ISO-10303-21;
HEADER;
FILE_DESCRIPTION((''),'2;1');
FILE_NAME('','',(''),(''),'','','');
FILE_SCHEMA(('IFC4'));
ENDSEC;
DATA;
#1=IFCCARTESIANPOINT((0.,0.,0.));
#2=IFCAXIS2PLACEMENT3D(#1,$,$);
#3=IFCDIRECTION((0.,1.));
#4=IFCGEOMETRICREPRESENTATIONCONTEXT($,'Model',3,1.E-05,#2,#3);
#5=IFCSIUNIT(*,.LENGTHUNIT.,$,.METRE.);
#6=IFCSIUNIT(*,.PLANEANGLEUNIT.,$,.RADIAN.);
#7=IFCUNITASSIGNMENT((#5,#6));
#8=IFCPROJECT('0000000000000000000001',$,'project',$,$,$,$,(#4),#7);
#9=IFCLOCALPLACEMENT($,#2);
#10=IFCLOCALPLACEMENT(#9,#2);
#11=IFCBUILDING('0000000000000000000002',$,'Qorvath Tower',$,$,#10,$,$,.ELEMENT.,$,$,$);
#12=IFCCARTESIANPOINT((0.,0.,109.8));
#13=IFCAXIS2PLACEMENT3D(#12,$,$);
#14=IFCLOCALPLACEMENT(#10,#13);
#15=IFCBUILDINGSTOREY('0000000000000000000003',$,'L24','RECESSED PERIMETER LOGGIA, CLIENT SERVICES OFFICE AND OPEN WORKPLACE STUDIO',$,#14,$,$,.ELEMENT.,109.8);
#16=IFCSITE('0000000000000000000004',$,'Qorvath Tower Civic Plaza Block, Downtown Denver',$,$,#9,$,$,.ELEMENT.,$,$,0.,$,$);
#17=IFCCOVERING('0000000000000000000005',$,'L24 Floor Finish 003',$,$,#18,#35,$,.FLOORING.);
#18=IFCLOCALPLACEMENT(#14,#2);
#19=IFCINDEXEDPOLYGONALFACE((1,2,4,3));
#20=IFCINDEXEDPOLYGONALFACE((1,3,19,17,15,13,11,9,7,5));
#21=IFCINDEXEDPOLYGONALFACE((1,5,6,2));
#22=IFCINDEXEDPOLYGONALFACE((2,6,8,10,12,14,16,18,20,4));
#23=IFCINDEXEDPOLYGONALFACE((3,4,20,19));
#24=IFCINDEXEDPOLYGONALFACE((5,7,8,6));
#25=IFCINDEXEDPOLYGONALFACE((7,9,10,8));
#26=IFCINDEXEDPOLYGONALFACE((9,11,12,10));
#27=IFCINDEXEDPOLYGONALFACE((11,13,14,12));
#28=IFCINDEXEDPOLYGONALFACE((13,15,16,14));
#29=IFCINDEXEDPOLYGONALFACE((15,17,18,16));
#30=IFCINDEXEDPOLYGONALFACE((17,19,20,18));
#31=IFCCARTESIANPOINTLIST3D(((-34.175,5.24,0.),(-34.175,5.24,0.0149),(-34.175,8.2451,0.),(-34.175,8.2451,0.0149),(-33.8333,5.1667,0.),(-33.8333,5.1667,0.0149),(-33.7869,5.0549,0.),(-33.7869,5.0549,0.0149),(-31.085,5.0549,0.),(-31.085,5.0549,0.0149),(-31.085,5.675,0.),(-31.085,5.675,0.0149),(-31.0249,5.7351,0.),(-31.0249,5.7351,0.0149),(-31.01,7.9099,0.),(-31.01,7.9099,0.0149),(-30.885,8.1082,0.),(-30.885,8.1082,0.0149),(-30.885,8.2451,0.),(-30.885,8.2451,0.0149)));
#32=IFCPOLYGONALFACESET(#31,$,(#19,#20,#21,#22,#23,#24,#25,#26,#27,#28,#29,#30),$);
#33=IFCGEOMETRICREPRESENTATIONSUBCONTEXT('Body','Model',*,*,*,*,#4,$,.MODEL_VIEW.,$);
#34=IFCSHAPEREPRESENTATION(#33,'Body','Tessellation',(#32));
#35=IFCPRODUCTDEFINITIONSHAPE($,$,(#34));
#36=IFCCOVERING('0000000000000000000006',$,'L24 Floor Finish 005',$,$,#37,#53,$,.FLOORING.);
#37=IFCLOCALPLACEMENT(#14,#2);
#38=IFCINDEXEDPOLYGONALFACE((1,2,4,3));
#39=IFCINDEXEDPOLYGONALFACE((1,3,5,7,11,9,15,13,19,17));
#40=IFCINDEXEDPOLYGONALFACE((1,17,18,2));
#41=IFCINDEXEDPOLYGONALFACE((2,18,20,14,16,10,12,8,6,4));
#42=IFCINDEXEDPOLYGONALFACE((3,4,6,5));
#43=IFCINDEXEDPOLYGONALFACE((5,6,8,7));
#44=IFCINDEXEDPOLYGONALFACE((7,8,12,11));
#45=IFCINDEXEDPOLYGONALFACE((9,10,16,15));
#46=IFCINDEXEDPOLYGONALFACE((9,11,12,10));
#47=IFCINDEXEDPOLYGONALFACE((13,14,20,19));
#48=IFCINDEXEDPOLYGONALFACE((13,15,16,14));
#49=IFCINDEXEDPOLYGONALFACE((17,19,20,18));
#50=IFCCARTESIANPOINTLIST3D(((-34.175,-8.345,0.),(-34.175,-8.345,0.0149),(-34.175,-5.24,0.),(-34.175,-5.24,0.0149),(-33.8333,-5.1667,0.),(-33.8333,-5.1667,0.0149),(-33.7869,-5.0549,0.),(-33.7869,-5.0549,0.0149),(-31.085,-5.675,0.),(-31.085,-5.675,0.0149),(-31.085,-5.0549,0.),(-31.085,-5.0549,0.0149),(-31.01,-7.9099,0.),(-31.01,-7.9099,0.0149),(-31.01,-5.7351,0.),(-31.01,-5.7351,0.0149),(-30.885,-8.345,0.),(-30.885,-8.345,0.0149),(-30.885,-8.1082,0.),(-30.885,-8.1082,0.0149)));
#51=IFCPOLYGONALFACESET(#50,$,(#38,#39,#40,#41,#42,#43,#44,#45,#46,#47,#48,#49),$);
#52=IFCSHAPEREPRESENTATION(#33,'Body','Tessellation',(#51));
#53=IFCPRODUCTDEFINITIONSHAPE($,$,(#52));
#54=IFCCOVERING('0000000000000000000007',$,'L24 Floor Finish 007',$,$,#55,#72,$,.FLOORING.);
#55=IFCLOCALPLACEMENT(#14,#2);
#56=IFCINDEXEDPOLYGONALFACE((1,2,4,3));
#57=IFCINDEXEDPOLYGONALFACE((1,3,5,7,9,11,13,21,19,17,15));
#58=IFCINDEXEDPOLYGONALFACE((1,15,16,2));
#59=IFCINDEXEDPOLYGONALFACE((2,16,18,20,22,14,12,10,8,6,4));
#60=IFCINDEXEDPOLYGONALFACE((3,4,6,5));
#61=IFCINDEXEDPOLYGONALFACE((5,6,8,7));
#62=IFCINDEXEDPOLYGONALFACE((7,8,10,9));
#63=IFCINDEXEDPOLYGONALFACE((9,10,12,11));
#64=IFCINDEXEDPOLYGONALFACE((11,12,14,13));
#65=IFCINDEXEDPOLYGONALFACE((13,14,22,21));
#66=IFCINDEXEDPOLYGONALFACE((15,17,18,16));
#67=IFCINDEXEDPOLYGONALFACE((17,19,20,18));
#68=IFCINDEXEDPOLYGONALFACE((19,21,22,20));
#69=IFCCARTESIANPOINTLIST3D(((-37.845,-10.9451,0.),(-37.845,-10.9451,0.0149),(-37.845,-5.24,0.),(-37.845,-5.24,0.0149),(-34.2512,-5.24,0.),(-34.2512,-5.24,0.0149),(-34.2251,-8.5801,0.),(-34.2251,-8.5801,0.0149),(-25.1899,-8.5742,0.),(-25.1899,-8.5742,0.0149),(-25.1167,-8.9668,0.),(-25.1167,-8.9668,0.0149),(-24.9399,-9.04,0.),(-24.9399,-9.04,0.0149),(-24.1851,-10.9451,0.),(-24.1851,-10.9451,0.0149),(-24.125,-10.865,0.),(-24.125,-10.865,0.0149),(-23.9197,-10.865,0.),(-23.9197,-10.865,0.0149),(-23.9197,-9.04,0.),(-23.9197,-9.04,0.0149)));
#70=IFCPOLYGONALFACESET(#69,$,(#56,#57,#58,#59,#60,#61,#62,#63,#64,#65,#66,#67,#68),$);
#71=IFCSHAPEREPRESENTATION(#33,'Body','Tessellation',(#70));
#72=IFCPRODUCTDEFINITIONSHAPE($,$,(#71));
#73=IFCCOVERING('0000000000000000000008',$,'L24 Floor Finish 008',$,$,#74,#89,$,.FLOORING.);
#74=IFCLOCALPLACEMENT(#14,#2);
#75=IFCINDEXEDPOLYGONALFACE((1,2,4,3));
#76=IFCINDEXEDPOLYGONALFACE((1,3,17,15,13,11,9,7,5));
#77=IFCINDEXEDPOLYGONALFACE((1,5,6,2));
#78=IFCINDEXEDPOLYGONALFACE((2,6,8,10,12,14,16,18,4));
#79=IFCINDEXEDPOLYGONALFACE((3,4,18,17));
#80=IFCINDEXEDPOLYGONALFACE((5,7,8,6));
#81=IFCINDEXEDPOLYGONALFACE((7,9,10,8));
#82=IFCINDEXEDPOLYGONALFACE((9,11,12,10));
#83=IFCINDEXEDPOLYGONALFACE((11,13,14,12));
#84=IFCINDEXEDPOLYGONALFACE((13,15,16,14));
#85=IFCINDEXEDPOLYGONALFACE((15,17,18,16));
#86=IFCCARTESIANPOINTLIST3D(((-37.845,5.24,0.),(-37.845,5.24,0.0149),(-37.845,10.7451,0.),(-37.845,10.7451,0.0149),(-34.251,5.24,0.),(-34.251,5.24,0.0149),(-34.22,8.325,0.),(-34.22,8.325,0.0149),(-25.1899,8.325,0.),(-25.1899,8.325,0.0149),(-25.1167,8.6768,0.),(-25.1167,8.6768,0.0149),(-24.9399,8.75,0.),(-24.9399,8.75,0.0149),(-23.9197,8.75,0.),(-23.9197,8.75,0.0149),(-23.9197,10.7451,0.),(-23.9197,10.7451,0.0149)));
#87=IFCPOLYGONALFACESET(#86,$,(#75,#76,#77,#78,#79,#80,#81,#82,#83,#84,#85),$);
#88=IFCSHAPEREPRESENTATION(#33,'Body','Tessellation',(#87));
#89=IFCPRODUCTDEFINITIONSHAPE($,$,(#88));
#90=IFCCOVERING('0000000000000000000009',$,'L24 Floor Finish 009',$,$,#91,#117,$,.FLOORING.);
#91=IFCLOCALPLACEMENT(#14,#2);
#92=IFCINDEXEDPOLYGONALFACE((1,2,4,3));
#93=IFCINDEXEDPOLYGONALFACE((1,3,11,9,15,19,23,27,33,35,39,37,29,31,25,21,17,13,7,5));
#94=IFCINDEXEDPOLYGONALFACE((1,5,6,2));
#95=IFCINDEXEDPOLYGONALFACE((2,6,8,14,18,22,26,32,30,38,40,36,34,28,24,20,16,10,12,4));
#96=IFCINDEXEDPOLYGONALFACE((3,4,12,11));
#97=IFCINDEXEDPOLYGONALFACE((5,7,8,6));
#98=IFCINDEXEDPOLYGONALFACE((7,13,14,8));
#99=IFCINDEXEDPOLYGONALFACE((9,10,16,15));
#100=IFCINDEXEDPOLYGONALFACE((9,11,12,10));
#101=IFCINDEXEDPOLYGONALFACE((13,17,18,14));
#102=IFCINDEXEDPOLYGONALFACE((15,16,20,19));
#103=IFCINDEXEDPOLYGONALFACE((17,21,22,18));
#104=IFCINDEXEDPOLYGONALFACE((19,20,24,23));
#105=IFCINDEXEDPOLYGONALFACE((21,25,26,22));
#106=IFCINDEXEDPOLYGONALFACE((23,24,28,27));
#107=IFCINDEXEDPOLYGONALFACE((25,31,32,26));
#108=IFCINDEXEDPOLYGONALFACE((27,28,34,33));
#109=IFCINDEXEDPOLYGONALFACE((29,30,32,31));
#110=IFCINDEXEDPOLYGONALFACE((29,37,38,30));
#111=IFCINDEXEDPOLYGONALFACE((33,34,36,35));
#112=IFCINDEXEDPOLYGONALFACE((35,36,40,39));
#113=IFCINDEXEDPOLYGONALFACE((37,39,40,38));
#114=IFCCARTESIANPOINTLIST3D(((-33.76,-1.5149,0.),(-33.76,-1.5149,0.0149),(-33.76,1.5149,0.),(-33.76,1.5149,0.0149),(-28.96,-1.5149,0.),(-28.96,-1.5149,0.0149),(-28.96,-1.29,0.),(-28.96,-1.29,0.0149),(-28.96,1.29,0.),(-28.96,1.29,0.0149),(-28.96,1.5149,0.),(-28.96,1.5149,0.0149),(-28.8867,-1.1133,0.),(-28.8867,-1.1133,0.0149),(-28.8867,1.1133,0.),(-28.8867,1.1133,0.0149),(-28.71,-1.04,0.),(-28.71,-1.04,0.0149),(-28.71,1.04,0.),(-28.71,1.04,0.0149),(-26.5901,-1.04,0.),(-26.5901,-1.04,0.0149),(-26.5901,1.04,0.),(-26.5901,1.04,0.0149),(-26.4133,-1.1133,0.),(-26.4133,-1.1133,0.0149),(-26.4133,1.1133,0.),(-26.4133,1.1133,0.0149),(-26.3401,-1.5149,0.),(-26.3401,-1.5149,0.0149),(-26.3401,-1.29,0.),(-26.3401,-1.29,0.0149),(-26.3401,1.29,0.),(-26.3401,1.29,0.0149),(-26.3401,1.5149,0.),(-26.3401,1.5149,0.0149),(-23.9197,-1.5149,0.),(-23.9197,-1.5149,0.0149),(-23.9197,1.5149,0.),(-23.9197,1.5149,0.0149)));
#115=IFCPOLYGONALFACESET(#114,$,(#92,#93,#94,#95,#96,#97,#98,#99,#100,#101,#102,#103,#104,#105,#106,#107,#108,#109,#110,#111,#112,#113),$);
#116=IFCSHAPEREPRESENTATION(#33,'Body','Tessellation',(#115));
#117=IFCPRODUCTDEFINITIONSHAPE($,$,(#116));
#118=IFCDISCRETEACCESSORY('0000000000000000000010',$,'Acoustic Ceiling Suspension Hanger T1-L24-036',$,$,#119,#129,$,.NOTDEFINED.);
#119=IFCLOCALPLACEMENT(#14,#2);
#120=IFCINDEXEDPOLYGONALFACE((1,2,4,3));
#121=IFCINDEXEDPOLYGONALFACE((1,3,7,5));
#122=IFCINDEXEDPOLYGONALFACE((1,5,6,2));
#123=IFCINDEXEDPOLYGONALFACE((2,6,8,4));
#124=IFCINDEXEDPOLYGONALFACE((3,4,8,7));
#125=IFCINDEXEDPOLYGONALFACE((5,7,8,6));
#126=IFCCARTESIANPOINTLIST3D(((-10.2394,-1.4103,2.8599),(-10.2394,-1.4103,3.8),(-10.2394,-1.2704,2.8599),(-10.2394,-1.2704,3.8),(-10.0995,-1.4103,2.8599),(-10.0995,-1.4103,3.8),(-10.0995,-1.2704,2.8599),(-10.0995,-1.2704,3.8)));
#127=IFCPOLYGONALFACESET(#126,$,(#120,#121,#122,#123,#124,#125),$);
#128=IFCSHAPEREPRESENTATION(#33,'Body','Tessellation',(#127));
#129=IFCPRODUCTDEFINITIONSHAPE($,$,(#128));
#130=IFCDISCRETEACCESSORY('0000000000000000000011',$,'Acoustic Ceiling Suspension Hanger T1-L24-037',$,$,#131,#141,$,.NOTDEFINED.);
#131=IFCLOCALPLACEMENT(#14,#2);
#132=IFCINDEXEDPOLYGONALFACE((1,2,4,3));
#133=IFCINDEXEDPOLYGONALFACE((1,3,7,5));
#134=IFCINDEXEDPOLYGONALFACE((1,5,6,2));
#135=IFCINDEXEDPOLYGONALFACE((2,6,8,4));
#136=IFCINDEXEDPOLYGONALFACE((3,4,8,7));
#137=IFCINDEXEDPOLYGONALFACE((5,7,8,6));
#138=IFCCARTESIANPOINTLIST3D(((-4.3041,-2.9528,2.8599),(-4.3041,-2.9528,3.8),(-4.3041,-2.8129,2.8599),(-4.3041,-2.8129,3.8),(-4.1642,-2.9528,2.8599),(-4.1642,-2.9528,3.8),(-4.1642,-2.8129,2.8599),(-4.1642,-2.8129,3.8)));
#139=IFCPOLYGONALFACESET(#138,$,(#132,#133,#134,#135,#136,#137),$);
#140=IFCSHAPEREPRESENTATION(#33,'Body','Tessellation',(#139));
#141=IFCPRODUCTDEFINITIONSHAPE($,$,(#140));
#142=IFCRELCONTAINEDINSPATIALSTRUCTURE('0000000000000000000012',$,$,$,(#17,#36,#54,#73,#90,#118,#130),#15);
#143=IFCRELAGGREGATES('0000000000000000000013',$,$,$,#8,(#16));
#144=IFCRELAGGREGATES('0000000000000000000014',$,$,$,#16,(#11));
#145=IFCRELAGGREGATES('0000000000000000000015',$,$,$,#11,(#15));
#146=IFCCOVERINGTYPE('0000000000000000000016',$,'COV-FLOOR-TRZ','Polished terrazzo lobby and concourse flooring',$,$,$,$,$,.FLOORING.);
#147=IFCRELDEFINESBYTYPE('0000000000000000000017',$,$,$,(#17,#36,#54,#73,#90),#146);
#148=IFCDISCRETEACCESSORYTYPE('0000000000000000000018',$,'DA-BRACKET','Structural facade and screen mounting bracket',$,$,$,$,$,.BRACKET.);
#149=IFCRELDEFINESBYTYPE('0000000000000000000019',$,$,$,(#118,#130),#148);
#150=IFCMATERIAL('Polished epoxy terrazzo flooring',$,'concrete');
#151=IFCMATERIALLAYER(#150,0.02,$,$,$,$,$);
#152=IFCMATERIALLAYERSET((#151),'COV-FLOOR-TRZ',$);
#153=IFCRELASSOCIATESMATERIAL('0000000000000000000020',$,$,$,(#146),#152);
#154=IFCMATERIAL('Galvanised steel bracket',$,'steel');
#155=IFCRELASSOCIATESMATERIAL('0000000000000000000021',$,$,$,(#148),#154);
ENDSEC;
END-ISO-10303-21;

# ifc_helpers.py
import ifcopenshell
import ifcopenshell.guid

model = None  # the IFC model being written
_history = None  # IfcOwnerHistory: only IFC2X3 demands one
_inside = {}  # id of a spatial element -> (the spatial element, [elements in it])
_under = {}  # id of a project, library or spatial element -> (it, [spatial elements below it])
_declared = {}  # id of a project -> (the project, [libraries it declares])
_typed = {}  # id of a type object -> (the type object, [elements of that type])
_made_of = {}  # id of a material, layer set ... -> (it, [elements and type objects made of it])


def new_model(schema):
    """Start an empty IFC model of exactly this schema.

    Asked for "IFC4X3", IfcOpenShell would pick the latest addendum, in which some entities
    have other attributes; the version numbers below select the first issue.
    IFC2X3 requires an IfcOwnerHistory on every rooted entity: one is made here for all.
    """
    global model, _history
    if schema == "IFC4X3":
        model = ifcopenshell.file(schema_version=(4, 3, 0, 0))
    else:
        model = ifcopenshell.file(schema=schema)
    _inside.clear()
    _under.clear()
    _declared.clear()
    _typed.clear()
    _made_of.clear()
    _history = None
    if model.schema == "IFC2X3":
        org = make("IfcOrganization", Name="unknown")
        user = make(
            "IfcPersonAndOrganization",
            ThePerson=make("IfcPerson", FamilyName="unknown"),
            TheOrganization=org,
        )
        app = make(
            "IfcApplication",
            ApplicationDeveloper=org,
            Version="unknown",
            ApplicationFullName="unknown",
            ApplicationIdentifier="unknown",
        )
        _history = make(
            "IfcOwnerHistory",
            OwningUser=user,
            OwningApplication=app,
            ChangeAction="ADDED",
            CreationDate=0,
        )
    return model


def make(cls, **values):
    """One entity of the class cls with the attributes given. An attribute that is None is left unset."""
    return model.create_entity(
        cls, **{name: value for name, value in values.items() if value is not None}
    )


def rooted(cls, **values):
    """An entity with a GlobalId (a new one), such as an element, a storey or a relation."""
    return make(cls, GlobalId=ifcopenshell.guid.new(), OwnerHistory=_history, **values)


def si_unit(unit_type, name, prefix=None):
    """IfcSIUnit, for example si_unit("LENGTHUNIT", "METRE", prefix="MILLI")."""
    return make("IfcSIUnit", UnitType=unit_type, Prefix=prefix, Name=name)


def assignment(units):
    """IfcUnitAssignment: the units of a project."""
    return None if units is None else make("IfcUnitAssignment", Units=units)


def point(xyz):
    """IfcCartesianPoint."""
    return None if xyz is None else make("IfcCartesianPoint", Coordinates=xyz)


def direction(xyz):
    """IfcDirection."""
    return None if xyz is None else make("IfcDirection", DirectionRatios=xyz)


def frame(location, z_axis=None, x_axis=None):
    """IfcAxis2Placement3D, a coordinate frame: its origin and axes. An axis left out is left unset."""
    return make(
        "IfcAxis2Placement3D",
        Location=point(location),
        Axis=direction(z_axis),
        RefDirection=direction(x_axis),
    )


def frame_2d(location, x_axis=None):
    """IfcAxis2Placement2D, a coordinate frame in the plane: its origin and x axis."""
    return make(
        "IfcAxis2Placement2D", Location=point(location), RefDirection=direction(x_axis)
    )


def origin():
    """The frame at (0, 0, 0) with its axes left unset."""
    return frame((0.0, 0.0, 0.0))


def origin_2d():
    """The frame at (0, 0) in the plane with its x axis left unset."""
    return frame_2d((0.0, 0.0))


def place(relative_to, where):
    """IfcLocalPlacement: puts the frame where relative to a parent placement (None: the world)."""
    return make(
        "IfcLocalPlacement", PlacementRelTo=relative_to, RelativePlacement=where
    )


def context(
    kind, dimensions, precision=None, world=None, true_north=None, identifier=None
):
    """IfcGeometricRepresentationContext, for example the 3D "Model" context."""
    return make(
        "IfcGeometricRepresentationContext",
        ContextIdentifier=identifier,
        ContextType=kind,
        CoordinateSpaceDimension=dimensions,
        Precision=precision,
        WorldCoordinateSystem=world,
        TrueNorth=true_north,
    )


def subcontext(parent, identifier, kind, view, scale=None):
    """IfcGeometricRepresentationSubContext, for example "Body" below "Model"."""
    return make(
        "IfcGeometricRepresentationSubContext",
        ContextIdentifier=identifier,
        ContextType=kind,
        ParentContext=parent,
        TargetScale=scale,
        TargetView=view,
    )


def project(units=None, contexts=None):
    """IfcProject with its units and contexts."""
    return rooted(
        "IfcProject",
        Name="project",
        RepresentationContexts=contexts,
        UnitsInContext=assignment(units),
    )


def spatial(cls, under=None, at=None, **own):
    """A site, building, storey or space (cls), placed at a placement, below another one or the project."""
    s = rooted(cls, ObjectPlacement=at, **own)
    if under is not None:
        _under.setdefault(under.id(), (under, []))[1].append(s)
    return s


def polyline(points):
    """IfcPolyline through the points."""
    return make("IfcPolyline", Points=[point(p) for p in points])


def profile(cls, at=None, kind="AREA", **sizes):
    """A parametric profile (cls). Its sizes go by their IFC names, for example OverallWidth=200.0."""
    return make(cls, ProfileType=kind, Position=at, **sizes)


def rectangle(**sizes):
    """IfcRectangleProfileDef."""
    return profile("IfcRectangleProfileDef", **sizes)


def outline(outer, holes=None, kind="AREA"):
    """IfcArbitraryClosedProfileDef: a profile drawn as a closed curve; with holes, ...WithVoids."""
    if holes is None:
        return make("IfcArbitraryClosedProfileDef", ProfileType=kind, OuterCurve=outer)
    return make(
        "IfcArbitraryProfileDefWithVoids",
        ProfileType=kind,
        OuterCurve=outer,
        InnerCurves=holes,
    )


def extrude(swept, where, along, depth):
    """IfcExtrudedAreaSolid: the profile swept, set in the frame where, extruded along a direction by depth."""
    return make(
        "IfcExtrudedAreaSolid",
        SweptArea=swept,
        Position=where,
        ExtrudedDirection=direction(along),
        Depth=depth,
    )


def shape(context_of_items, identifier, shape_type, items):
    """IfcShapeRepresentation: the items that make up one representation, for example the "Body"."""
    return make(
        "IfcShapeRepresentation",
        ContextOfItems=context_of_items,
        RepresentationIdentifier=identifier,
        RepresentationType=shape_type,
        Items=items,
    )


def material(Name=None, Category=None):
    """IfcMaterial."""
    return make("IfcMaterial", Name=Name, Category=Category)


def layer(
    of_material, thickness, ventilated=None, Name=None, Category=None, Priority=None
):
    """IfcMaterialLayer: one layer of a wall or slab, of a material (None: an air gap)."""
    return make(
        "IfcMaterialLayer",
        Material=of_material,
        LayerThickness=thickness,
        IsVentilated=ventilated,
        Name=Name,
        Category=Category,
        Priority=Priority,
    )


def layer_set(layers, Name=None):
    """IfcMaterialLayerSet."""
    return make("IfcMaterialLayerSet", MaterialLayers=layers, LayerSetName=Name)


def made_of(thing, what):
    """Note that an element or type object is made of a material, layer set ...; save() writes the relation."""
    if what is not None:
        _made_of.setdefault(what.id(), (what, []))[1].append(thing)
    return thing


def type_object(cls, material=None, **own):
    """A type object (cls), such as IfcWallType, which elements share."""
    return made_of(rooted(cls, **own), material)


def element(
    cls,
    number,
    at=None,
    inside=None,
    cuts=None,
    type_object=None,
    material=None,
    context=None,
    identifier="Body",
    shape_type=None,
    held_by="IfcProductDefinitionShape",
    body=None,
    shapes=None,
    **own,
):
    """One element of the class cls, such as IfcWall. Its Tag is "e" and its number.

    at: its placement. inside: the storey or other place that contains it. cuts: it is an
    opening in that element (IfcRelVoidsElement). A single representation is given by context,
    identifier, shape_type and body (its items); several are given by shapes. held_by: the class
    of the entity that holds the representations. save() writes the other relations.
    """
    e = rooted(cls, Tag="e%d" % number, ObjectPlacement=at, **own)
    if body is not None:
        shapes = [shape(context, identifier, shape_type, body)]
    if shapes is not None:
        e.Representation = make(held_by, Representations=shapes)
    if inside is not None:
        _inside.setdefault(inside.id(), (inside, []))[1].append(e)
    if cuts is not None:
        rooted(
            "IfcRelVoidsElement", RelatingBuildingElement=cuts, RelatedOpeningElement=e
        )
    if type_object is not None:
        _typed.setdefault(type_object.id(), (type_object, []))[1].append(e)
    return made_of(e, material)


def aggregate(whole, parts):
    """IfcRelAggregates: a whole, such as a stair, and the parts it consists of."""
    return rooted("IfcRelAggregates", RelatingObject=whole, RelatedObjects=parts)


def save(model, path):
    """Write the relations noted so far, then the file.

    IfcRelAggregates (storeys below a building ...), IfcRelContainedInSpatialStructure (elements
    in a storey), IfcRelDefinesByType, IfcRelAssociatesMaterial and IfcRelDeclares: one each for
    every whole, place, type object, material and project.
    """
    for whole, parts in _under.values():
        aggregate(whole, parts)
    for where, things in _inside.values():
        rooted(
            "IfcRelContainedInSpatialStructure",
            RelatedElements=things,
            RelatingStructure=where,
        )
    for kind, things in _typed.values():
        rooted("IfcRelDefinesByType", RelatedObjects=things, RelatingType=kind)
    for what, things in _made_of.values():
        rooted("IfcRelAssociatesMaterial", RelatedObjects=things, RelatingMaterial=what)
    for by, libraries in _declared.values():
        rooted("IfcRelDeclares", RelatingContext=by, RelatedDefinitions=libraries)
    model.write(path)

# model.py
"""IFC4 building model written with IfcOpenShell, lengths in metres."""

from ifc_helpers import new_model, si_unit, direction, frame, origin, origin_2d, place, context, subcontext, project, spatial, polyline, rectangle, outline, extrude, material, layer, layer_set, type_object, element, save


model = new_model("IFC4")

# Units and contexts
model_context = context("Model", 3, precision=1e-05, world=origin(), true_north=direction((0.0, 1.0)))
body_context = subcontext(model_context, "Body", "Model", "MODEL_VIEW")
ifc_project = project(units=[si_unit("LENGTHUNIT", "METRE"), si_unit("PLANEANGLEUNIT", "RADIAN")], contexts=[model_context])

# Site, building, storey
site_placement = place(None, origin())
site = spatial("IfcSite", under=ifc_project, at=site_placement, Name="Qorvath Tower Civic Plaza Block, Downtown Denver", CompositionType="ELEMENT", RefElevation=0.0)
building_placement = place(site_placement, origin())
building = spatial("IfcBuilding", under=site, at=building_placement, Name="Qorvath Tower", CompositionType="ELEMENT")
storey_placement = place(building_placement, frame((0.0, 0.0, 109.8)))
storey = spatial("IfcBuildingStorey", under=building, at=storey_placement, Name="L24", Description="RECESSED PERIMETER LOGGIA, CLIENT SERVICES OFFICE AND OPEN WORKPLACE STUDIO", CompositionType="ELEMENT", Elevation=109.8)

# Coverings
ifc_material_1 = material(Name="Polished epoxy terrazzo flooring", Category="concrete")
ifc_layer_1 = layer(ifc_material_1, 0.02)
ifc_layer_set_1 = layer_set([ifc_layer_1], Name="COV-FLOOR-TRZ")
covering_type_1 = type_object("IfcCoveringType", Name="COV-FLOOR-TRZ", Description="Polished terrazzo lobby and concourse flooring", PredefinedType="FLOORING", material=ifc_layer_set_1)
covering_1_placement = place(storey_placement, origin())
element("IfcCovering", 1, at=covering_1_placement, inside=storey, type_object=covering_type_1, Name="L24 Floor Finish 003", PredefinedType="FLOORING", context=body_context, shape_type="SweptSolid", body=[
    extrude(outline(polyline([(-31.01, 7.9099), (-30.885, 8.1082), (-30.885, 8.2451), (-34.175, 8.2451), (-34.175, 5.24), (-33.8333, 5.1667), (-33.7869, 5.0549), (-31.085, 5.0549), (-31.085, 5.675), (-31.0249, 5.7351), (-31.01, 7.9099)])), origin(), (0.0, 0.0, 1.0), 0.0149),
])
covering_2_placement = place(storey_placement, origin())
element("IfcCovering", 2, at=covering_2_placement, inside=storey, type_object=covering_type_1, Name="L24 Floor Finish 005", PredefinedType="FLOORING", context=body_context, shape_type="SweptSolid", body=[
    extrude(outline(polyline([(-31.085, -5.0549), (-33.7869, -5.0549), (-33.8333, -5.1667), (-34.175, -5.24), (-34.175, -8.345), (-30.885, -8.345), (-30.885, -8.1082), (-31.01, -7.9099), (-31.01, -5.7351), (-31.085, -5.675), (-31.085, -5.0549)])), origin(), (0.0, 0.0, 1.0), 0.0149),
])
covering_3_placement = place(storey_placement, origin())
element("IfcCovering", 3, at=covering_3_placement, inside=storey, type_object=covering_type_1, Name="L24 Floor Finish 007", PredefinedType="FLOORING", context=body_context, shape_type="SweptSolid", body=[
    extrude(outline(polyline([(-34.2251, -8.5801), (-34.2512, -5.24), (-37.845, -5.24), (-37.845, -10.9451), (-24.1851, -10.9451), (-24.125, -10.865), (-23.9197, -10.865), (-23.9197, -9.04), (-24.9399, -9.04), (-25.1167, -8.9668), (-25.1899, -8.5742), (-34.2251, -8.5801)])), origin(), (0.0, 0.0, 1.0), 0.0149),
])
covering_4_placement = place(storey_placement, origin())
element("IfcCovering", 4, at=covering_4_placement, inside=storey, type_object=covering_type_1, Name="L24 Floor Finish 008", PredefinedType="FLOORING", context=body_context, shape_type="SweptSolid", body=[
    extrude(outline(polyline([(-23.9197, 8.75), (-23.9197, 10.7451), (-37.845, 10.7451), (-37.845, 5.24), (-34.251, 5.24), (-34.22, 8.325), (-25.1899, 8.325), (-25.1167, 8.6768), (-24.9399, 8.75), (-23.9197, 8.75)])), origin(), (0.0, 0.0, 1.0), 0.0149),
])
covering_5_placement = place(storey_placement, origin())
element("IfcCovering", 5, at=covering_5_placement, inside=storey, type_object=covering_type_1, Name="L24 Floor Finish 009", PredefinedType="FLOORING", context=body_context, shape_type="SweptSolid", body=[
    extrude(outline(polyline([(-23.9197, -1.5149), (-23.9197, 1.5149), (-26.3401, 1.5149), (-26.3401, 1.29), (-26.4133, 1.1133), (-26.5901, 1.04), (-28.71, 1.04), (-28.8867, 1.1133), (-28.96, 1.29), (-28.96, 1.5149), (-33.76, 1.5149), (-33.76, -1.5149), (-28.96, -1.5149), (-28.96, -1.29), (-28.8867, -1.1133), (-28.71, -1.04), (-26.5901, -1.04), (-26.4133, -1.1133), (-26.3401, -1.29), (-26.3401, -1.5149), (-23.9197, -1.5149)])), origin(), (0.0, 0.0, 1.0), 0.0149),
])

# Discrete accessories
ifc_material_2 = material(Name="Galvanised steel bracket", Category="steel")
discrete_accessory_type = type_object("IfcDiscreteAccessoryType", Name="DA-BRACKET", Description="Structural facade and screen mounting bracket", PredefinedType="BRACKET", material=ifc_material_2)
for number, where, z_axis, x_axis, name in (
    (6, (-10.1694, -1.3403, 2.8599), (0.0, 0.0, 1.0), (1.0, 0.0, 0.0), "Acoustic Ceiling Suspension Hanger T1-L24-036"),
    (7, (-4.2341, -2.8828, 2.8599), (0.0, 0.0, 1.0), (1.0, 0.0, 0.0), "Acoustic Ceiling Suspension Hanger T1-L24-037"),
):
    element("IfcDiscreteAccessory", number, at=place(storey_placement, frame(where, z_axis=z_axis, x_axis=x_axis)), inside=storey, type_object=discrete_accessory_type, Name=name, PredefinedType="NOTDEFINED", context=body_context, shape_type="SweptSolid", body=[
        extrude(rectangle(XDim=0.1399, YDim=0.1399, at=origin_2d()), origin(), (0.0, 0.0, 1.0), 0.9402),
    ])

save(model, "model.ifc")
